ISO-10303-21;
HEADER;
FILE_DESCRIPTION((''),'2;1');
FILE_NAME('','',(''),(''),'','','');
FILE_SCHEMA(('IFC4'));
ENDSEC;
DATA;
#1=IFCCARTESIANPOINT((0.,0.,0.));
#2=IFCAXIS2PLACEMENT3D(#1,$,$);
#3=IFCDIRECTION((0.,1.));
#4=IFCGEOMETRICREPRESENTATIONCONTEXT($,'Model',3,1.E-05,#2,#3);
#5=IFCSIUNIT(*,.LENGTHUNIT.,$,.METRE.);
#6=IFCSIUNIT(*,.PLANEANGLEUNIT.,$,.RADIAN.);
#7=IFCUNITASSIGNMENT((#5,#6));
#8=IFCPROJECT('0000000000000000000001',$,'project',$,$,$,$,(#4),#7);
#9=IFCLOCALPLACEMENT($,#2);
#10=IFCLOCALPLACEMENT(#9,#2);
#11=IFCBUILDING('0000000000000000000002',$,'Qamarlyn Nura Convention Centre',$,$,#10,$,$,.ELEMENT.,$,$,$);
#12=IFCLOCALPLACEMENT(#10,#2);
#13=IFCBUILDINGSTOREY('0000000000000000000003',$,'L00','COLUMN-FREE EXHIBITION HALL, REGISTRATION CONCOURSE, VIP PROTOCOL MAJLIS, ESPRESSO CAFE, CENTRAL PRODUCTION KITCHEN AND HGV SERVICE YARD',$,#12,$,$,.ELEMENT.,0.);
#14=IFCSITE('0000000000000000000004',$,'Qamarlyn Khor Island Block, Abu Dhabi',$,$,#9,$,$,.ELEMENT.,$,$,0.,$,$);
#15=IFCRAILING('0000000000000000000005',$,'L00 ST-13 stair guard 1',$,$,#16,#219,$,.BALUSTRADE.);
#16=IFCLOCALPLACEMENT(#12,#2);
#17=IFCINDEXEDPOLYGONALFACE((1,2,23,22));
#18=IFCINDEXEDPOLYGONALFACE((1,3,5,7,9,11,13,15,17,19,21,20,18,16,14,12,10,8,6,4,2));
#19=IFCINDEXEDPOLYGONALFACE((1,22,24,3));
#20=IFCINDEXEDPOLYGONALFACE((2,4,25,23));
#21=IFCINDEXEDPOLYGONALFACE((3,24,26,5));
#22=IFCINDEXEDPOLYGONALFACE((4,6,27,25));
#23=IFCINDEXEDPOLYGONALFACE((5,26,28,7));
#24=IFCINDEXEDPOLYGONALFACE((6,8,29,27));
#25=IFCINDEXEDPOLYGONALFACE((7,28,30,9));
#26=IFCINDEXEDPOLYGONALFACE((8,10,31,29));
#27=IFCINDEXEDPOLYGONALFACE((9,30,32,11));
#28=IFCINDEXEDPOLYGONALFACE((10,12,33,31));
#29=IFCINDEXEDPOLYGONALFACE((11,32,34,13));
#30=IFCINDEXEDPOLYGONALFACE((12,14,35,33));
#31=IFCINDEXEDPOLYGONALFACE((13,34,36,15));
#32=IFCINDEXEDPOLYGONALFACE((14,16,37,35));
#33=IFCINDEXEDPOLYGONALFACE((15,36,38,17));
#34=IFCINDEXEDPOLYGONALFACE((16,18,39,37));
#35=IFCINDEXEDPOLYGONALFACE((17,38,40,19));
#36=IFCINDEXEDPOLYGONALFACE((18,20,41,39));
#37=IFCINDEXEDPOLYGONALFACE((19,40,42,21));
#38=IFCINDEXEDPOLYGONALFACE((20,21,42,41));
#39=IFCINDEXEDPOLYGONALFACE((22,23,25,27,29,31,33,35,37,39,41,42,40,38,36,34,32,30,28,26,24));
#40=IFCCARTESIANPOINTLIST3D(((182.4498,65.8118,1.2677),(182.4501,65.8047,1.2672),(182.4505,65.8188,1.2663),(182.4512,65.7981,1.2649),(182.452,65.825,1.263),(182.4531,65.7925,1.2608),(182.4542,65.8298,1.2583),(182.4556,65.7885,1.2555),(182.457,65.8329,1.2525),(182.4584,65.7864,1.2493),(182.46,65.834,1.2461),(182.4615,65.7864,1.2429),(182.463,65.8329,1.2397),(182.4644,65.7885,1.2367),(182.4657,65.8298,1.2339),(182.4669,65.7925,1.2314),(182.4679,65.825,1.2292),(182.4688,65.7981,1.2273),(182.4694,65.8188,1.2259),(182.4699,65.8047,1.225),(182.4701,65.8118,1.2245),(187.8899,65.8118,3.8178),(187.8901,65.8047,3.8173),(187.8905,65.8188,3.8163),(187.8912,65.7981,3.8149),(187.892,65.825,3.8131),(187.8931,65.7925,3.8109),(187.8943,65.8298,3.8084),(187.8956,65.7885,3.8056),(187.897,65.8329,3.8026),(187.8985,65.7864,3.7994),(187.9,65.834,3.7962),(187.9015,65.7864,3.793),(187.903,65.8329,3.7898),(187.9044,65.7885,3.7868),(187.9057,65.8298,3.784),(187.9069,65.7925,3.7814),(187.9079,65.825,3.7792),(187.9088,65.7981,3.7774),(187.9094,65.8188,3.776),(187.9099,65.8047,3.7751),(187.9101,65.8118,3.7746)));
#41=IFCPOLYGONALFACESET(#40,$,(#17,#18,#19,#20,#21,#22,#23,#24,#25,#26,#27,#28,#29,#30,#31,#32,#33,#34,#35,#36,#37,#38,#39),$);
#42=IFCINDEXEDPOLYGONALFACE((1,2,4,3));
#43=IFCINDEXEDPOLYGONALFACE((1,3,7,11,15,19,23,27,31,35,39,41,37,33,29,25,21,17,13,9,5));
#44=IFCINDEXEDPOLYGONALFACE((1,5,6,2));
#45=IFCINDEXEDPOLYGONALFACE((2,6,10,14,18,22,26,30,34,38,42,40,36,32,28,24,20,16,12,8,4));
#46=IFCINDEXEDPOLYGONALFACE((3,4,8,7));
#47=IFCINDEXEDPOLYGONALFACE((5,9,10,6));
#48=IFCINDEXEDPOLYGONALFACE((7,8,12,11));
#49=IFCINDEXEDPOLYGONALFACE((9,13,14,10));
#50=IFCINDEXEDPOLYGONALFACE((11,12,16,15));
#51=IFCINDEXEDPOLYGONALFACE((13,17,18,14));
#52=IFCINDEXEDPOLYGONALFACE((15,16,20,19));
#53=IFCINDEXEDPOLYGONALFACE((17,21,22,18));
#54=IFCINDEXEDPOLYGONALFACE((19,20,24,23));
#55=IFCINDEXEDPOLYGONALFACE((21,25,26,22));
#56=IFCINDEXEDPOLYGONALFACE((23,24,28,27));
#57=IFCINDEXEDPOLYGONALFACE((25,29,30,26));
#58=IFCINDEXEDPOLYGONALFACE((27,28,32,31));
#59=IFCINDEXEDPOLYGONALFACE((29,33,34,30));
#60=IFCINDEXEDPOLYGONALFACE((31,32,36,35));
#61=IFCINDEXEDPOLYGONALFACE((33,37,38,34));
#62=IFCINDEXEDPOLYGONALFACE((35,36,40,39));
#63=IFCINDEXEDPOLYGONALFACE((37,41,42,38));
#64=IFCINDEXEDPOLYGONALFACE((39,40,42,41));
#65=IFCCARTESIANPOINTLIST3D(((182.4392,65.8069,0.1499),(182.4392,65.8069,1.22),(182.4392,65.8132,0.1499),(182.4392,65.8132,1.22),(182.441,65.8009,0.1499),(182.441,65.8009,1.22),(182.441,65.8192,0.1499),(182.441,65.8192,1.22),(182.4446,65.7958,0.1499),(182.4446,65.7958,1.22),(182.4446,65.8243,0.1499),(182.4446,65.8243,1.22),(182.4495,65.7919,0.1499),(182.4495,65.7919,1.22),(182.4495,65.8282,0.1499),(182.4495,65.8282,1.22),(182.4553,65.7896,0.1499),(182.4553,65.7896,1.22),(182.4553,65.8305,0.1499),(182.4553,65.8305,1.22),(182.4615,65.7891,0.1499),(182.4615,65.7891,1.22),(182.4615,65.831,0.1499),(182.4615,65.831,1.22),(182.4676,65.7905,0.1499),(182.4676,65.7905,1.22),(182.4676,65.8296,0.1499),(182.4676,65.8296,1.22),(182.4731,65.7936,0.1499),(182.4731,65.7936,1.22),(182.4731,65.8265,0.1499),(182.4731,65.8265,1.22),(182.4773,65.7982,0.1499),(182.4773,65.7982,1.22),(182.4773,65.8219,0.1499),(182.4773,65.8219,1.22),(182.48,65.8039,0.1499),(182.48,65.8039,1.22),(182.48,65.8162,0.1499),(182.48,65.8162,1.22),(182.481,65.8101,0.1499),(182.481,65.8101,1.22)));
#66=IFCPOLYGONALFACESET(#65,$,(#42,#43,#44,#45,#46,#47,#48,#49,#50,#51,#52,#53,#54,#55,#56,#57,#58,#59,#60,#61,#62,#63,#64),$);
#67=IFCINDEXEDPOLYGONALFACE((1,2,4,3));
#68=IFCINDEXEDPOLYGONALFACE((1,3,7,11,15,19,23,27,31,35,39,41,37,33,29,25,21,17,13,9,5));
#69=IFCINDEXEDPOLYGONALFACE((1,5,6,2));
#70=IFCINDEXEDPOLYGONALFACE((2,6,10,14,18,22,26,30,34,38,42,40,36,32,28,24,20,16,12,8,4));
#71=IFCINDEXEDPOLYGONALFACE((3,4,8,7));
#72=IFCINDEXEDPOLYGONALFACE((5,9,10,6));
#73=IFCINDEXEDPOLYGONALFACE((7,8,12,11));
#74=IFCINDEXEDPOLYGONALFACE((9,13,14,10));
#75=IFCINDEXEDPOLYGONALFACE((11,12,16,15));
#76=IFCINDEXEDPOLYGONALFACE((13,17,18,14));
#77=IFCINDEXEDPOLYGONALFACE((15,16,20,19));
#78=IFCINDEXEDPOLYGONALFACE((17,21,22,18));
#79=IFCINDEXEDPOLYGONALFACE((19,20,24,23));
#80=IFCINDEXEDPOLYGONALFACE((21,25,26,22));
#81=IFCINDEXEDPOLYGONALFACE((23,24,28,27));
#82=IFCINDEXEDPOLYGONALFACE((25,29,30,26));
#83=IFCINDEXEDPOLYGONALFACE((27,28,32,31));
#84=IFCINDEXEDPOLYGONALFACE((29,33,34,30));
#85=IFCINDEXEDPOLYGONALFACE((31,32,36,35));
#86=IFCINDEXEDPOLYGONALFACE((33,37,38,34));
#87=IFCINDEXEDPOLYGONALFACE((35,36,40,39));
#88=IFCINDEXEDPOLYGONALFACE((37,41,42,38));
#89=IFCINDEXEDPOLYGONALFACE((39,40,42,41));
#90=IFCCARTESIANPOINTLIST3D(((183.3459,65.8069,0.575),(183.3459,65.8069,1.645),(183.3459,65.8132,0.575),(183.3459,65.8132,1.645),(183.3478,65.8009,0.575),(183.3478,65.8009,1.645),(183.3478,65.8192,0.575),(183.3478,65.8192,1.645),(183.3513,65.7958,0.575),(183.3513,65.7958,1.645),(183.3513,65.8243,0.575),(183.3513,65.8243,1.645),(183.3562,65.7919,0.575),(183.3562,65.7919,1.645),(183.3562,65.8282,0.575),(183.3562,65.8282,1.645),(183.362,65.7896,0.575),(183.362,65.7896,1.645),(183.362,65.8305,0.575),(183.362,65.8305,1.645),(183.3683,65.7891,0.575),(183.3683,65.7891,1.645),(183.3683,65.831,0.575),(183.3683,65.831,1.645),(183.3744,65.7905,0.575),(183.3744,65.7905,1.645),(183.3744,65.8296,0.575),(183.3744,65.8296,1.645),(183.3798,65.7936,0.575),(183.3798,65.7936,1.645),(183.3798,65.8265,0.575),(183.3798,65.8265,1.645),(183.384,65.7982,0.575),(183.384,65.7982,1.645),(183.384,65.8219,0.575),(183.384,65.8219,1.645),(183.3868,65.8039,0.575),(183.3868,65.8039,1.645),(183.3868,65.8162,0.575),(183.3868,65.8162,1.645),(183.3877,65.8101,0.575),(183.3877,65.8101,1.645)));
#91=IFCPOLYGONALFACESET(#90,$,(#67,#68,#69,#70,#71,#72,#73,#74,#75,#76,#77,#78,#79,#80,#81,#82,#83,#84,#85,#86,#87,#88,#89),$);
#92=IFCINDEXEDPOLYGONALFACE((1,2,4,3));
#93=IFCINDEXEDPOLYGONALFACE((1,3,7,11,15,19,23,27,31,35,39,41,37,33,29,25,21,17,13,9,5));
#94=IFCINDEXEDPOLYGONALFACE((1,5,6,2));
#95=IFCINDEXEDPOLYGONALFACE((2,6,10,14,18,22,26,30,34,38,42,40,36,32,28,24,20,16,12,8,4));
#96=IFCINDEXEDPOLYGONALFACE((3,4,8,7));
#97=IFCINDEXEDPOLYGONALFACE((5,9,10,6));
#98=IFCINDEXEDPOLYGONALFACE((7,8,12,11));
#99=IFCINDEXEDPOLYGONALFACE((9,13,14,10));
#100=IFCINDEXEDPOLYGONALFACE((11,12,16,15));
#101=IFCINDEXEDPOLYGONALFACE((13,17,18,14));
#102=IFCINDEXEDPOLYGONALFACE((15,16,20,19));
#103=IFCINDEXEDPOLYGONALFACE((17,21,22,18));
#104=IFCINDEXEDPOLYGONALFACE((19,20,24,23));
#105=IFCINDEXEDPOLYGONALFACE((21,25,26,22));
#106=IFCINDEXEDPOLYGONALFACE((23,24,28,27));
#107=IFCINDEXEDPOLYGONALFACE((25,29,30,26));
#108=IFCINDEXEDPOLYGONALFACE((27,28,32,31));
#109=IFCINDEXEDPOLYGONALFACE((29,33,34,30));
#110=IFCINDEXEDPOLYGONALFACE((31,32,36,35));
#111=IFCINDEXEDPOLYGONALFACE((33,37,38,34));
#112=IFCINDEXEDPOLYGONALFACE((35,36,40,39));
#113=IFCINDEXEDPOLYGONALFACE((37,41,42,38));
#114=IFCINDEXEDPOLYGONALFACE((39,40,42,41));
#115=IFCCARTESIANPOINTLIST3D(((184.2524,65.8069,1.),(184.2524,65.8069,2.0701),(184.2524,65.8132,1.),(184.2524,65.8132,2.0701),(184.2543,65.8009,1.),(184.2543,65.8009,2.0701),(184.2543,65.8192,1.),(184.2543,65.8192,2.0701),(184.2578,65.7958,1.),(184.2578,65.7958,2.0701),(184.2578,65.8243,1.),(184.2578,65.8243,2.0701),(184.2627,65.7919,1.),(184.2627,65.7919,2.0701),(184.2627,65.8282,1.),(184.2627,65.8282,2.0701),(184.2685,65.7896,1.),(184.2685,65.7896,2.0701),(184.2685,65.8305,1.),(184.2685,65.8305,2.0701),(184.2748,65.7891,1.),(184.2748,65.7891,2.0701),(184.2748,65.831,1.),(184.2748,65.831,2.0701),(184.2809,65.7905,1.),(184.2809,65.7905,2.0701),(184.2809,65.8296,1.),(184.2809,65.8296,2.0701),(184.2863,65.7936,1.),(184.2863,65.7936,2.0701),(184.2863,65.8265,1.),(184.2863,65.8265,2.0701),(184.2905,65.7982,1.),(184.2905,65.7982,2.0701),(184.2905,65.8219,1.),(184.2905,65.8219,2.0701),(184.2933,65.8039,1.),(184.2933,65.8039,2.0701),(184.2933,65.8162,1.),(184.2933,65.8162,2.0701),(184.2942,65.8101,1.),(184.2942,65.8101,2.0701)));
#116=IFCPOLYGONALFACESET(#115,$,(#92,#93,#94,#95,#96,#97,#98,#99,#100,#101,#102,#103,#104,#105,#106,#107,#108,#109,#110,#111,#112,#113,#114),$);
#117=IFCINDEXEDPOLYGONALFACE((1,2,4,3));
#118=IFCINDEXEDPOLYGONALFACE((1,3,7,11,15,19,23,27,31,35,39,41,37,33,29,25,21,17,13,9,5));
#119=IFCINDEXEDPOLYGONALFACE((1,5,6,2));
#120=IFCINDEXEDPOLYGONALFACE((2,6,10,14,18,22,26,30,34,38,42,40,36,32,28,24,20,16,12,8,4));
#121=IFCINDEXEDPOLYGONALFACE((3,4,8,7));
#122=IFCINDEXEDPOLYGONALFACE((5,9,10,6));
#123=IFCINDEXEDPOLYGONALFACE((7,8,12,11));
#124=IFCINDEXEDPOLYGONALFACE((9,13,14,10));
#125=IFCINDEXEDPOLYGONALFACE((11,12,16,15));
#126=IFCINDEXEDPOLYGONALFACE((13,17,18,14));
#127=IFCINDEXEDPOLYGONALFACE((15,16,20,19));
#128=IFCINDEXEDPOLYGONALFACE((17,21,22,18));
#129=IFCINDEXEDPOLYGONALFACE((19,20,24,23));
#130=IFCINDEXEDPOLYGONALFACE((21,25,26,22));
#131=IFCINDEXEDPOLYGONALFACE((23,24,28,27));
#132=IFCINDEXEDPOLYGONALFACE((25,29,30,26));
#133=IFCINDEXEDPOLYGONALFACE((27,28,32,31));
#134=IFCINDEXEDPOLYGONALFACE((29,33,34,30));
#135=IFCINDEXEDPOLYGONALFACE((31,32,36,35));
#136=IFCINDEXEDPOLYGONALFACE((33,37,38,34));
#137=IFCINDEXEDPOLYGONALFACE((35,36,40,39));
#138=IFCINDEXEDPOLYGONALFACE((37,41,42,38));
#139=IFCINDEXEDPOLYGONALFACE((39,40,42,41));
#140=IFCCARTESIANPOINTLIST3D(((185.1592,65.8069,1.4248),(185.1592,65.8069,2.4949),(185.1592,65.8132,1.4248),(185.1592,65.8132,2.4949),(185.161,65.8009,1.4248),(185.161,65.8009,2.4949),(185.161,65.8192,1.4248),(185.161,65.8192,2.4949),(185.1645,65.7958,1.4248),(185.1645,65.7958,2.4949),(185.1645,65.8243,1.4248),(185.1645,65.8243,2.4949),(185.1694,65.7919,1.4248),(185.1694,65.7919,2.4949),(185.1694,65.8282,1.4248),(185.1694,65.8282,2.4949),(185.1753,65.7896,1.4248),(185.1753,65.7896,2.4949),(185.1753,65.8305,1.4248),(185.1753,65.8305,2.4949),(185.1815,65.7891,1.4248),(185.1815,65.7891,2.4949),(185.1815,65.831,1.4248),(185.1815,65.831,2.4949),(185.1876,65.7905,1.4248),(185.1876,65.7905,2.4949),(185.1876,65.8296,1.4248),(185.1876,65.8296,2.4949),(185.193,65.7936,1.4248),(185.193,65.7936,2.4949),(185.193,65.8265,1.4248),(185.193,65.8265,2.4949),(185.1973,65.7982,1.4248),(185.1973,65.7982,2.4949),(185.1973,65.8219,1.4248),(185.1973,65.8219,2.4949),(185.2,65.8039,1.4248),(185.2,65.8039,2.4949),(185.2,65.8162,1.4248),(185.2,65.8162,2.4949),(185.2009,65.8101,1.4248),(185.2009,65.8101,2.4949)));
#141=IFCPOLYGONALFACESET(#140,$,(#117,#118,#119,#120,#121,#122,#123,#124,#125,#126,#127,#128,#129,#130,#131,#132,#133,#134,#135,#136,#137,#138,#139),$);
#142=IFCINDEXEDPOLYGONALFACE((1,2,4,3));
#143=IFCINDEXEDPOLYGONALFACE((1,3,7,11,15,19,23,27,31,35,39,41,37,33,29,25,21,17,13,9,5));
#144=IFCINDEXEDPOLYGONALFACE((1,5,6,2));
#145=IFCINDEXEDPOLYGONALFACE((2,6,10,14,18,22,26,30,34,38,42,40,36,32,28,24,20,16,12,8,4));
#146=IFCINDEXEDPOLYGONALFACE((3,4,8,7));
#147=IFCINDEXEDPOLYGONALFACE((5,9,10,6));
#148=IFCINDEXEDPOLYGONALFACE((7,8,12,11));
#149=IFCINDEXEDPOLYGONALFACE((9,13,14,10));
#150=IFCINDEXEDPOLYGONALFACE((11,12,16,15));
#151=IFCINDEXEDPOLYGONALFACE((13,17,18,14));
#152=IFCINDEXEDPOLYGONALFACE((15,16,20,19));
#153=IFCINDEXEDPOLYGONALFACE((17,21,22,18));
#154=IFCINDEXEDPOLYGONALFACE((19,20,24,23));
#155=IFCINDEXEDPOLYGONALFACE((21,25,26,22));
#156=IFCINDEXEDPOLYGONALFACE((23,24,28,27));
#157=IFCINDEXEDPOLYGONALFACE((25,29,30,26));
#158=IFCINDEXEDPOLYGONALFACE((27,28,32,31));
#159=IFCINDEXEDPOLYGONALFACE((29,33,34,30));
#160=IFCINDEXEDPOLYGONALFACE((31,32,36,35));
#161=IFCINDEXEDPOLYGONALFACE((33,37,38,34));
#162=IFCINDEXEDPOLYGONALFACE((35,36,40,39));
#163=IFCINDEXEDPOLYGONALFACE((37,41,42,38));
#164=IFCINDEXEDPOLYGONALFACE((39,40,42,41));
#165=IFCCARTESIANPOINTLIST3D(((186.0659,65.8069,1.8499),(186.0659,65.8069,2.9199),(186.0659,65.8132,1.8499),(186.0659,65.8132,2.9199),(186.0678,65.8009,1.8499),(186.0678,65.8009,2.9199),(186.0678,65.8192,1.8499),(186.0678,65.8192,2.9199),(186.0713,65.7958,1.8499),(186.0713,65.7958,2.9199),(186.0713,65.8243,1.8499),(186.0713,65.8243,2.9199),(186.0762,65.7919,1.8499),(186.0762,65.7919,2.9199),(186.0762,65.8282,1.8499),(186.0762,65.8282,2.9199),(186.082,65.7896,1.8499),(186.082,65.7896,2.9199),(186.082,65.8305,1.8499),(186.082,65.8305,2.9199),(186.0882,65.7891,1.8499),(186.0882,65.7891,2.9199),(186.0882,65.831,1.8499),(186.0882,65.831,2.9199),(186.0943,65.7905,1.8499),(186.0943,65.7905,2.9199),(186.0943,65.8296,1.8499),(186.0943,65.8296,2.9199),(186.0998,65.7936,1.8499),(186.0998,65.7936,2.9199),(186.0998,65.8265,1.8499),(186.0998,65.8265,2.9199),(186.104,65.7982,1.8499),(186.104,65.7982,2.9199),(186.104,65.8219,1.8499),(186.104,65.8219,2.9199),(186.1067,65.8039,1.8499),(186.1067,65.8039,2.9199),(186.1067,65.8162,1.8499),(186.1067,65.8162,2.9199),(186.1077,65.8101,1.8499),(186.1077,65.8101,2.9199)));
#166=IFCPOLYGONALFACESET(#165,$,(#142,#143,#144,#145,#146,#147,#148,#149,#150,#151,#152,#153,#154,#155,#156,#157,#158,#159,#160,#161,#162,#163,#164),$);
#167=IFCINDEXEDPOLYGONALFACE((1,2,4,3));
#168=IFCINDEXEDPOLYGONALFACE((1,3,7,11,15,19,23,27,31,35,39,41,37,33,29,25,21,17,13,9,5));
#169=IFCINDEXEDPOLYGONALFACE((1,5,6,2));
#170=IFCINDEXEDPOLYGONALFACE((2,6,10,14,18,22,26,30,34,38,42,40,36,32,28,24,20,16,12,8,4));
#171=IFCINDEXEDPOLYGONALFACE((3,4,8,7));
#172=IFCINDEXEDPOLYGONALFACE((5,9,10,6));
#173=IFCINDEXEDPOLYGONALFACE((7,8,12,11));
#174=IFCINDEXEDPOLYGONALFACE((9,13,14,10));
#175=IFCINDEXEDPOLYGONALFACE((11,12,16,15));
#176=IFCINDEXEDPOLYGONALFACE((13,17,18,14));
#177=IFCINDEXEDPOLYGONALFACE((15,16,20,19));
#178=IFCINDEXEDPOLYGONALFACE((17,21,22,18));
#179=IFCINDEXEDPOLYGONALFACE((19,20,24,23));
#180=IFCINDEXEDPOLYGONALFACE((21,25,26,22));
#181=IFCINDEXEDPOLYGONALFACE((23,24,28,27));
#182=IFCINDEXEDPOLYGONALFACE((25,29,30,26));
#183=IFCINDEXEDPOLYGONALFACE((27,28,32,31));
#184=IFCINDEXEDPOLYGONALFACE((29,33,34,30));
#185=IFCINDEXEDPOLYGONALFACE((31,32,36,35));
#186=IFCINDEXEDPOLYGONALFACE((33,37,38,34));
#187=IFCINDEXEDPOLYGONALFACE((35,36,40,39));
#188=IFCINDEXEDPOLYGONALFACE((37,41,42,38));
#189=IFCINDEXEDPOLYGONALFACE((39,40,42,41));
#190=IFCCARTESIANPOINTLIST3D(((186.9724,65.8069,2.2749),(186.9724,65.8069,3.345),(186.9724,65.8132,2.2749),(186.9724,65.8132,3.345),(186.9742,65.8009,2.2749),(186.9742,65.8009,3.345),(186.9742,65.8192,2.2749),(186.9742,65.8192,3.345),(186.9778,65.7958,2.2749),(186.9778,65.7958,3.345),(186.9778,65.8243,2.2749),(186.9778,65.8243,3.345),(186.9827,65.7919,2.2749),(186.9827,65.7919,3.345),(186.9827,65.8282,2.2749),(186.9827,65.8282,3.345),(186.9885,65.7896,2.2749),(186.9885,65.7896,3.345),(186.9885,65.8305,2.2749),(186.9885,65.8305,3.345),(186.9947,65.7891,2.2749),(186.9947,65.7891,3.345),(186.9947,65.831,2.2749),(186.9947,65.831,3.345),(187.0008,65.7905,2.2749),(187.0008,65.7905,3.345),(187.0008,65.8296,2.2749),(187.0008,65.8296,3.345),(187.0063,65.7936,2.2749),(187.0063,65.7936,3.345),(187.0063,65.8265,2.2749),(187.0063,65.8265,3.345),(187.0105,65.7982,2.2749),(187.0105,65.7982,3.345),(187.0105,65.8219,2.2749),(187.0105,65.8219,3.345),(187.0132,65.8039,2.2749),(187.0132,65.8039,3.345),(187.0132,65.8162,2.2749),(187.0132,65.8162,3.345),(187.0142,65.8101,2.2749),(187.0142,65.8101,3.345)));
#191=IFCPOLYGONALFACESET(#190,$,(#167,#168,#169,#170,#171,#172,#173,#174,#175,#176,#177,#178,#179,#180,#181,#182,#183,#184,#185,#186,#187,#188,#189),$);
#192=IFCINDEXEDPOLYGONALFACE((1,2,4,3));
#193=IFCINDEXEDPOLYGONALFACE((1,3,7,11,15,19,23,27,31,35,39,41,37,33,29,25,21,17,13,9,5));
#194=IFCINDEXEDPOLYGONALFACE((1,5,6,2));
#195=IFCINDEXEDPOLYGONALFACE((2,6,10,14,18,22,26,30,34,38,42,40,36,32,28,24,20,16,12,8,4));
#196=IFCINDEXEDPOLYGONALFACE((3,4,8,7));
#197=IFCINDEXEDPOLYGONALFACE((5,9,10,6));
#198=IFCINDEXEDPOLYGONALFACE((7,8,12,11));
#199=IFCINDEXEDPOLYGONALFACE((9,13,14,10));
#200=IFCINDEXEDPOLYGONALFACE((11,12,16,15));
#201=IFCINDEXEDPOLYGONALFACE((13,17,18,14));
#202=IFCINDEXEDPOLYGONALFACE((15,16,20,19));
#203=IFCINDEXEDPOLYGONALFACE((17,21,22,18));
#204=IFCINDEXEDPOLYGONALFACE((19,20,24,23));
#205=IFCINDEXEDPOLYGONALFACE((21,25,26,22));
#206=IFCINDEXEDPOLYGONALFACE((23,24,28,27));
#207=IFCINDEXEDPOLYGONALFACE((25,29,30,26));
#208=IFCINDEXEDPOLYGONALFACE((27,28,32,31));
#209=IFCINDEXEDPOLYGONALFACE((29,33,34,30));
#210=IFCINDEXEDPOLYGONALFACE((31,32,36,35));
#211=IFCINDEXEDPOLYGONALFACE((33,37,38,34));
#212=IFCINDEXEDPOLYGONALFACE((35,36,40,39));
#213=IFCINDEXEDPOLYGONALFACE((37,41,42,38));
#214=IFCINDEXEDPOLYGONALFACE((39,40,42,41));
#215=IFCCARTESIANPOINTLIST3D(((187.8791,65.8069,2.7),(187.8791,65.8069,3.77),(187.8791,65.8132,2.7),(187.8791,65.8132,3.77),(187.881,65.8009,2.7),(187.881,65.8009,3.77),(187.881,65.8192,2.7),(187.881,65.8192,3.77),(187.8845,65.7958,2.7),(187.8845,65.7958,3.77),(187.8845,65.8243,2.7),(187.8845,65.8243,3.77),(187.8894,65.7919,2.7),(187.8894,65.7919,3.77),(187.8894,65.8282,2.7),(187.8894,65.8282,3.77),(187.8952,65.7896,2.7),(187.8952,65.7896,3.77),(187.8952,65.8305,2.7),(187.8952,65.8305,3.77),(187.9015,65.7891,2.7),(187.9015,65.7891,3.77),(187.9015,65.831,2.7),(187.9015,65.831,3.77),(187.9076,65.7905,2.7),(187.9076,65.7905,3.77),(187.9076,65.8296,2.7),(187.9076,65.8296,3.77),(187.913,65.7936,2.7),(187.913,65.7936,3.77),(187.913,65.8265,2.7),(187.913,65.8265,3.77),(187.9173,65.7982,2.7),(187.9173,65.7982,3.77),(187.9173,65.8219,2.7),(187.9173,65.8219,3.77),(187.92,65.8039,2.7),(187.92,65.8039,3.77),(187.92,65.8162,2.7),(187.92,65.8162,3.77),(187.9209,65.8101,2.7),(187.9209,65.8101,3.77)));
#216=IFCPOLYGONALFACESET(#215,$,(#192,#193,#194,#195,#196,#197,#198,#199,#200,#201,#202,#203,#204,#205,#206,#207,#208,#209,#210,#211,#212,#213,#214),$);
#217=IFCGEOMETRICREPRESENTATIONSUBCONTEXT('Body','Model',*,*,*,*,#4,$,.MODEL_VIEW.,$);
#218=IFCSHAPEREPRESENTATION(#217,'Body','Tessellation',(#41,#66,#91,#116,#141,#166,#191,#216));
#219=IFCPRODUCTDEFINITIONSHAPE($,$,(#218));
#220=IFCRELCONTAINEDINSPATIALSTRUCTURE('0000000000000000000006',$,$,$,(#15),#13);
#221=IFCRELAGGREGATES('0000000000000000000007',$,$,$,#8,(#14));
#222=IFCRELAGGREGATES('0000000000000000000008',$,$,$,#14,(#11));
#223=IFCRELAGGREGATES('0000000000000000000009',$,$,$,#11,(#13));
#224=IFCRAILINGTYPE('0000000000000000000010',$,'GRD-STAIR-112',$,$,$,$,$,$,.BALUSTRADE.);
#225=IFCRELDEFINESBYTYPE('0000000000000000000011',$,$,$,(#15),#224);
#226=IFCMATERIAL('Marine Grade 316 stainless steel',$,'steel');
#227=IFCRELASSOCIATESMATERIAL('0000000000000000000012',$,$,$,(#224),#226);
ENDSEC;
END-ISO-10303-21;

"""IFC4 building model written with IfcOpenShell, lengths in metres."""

from ifc_helpers import new_model, si_unit, direction, frame, origin, origin_2d, place, context, subcontext, project, spatial, circle, extrude, material, type_object, element, save


model = new_model("IFC4")

# Units and contexts
model_context = context("Model", 3, precision=1e-05, world=origin(), true_north=direction((0.0, 1.0)))
body_context = subcontext(model_context, "Body", "Model", "MODEL_VIEW")
ifc_project = project(units=[si_unit("LENGTHUNIT", "METRE"), si_unit("PLANEANGLEUNIT", "RADIAN")], contexts=[model_context])

# Site, building, storey
site_placement = place(None, origin())
site = spatial("IfcSite", under=ifc_project, at=site_placement, Name="Qamarlyn Khor Island Block, Abu Dhabi", CompositionType="ELEMENT", RefElevation=0.0)
building_placement = place(site_placement, origin())
building = spatial("IfcBuilding", under=site, at=building_placement, Name="Qamarlyn Nura Convention Centre", CompositionType="ELEMENT")
storey_placement = place(building_placement, origin())
storey = spatial("IfcBuildingStorey", under=building, at=storey_placement, Name="L00", Description="COLUMN-FREE EXHIBITION HALL, REGISTRATION CONCOURSE, VIP PROTOCOL MAJLIS, ESPRESSO CAFE, CENTRAL PRODUCTION KITCHEN AND HGV SERVICE YARD", CompositionType="ELEMENT", Elevation=0.0)

# Shared definitions
ifc_material_1 = material(Name="Marine Grade 316 stainless steel", Category="steel")

# Railing
railing_type_1 = type_object("IfcRailingType", Name="GRD-STAIR-112", PredefinedType="BALUSTRADE", material=ifc_material_1)
railing_1_placement = place(storey_placement, frame((182.46, 65.8101, 0.1499)))
element("IfcRailing", 1, at=railing_1_placement, inside=storey, type_object=railing_type_1, Name="L00 ST-13 stair guard 1", PredefinedType="BALUSTRADE", context=body_context, shape_type="SweptSolid", body=[
    extrude(circle(Radius=0.0239, at=origin_2d()), frame((0.0, 0.0, 1.0962), z_axis=(0.905454, 0.0, 0.424444), x_axis=(0.0, 1.0, 0.0)), (0.0, 0.0, 1.0), 6.0081),
    extrude(circle(Radius=0.021, at=origin_2d()), origin(), (0.0, 0.0, 1.0), 1.0701),
    extrude(circle(Radius=0.021, at=origin_2d()), frame((0.9067, 0.0, 0.425)), (0.0, 0.0, 1.0), 1.0701),
    extrude(circle(Radius=0.021, at=origin_2d()), frame((1.8132, 0.0, 0.8501)), (0.0, 0.0, 1.0), 1.0701),
    extrude(circle(Radius=0.021, at=origin_2d()), frame((2.72, 0.0, 1.2749)), (0.0, 0.0, 1.0), 1.0701),
    extrude(circle(Radius=0.021, at=origin_2d()), frame((3.6267, 0.0, 1.7)), (0.0, 0.0, 1.0), 1.0701),
    extrude(circle(Radius=0.021, at=origin_2d()), frame((4.5332, 0.0, 2.125)), (0.0, 0.0, 1.0), 1.0701),
    extrude(circle(Radius=0.021, at=origin_2d()), frame((5.4399, 0.0, 2.55)), (0.0, 0.0, 1.0), 1.0701),
])

save(model, "model.ifc")
